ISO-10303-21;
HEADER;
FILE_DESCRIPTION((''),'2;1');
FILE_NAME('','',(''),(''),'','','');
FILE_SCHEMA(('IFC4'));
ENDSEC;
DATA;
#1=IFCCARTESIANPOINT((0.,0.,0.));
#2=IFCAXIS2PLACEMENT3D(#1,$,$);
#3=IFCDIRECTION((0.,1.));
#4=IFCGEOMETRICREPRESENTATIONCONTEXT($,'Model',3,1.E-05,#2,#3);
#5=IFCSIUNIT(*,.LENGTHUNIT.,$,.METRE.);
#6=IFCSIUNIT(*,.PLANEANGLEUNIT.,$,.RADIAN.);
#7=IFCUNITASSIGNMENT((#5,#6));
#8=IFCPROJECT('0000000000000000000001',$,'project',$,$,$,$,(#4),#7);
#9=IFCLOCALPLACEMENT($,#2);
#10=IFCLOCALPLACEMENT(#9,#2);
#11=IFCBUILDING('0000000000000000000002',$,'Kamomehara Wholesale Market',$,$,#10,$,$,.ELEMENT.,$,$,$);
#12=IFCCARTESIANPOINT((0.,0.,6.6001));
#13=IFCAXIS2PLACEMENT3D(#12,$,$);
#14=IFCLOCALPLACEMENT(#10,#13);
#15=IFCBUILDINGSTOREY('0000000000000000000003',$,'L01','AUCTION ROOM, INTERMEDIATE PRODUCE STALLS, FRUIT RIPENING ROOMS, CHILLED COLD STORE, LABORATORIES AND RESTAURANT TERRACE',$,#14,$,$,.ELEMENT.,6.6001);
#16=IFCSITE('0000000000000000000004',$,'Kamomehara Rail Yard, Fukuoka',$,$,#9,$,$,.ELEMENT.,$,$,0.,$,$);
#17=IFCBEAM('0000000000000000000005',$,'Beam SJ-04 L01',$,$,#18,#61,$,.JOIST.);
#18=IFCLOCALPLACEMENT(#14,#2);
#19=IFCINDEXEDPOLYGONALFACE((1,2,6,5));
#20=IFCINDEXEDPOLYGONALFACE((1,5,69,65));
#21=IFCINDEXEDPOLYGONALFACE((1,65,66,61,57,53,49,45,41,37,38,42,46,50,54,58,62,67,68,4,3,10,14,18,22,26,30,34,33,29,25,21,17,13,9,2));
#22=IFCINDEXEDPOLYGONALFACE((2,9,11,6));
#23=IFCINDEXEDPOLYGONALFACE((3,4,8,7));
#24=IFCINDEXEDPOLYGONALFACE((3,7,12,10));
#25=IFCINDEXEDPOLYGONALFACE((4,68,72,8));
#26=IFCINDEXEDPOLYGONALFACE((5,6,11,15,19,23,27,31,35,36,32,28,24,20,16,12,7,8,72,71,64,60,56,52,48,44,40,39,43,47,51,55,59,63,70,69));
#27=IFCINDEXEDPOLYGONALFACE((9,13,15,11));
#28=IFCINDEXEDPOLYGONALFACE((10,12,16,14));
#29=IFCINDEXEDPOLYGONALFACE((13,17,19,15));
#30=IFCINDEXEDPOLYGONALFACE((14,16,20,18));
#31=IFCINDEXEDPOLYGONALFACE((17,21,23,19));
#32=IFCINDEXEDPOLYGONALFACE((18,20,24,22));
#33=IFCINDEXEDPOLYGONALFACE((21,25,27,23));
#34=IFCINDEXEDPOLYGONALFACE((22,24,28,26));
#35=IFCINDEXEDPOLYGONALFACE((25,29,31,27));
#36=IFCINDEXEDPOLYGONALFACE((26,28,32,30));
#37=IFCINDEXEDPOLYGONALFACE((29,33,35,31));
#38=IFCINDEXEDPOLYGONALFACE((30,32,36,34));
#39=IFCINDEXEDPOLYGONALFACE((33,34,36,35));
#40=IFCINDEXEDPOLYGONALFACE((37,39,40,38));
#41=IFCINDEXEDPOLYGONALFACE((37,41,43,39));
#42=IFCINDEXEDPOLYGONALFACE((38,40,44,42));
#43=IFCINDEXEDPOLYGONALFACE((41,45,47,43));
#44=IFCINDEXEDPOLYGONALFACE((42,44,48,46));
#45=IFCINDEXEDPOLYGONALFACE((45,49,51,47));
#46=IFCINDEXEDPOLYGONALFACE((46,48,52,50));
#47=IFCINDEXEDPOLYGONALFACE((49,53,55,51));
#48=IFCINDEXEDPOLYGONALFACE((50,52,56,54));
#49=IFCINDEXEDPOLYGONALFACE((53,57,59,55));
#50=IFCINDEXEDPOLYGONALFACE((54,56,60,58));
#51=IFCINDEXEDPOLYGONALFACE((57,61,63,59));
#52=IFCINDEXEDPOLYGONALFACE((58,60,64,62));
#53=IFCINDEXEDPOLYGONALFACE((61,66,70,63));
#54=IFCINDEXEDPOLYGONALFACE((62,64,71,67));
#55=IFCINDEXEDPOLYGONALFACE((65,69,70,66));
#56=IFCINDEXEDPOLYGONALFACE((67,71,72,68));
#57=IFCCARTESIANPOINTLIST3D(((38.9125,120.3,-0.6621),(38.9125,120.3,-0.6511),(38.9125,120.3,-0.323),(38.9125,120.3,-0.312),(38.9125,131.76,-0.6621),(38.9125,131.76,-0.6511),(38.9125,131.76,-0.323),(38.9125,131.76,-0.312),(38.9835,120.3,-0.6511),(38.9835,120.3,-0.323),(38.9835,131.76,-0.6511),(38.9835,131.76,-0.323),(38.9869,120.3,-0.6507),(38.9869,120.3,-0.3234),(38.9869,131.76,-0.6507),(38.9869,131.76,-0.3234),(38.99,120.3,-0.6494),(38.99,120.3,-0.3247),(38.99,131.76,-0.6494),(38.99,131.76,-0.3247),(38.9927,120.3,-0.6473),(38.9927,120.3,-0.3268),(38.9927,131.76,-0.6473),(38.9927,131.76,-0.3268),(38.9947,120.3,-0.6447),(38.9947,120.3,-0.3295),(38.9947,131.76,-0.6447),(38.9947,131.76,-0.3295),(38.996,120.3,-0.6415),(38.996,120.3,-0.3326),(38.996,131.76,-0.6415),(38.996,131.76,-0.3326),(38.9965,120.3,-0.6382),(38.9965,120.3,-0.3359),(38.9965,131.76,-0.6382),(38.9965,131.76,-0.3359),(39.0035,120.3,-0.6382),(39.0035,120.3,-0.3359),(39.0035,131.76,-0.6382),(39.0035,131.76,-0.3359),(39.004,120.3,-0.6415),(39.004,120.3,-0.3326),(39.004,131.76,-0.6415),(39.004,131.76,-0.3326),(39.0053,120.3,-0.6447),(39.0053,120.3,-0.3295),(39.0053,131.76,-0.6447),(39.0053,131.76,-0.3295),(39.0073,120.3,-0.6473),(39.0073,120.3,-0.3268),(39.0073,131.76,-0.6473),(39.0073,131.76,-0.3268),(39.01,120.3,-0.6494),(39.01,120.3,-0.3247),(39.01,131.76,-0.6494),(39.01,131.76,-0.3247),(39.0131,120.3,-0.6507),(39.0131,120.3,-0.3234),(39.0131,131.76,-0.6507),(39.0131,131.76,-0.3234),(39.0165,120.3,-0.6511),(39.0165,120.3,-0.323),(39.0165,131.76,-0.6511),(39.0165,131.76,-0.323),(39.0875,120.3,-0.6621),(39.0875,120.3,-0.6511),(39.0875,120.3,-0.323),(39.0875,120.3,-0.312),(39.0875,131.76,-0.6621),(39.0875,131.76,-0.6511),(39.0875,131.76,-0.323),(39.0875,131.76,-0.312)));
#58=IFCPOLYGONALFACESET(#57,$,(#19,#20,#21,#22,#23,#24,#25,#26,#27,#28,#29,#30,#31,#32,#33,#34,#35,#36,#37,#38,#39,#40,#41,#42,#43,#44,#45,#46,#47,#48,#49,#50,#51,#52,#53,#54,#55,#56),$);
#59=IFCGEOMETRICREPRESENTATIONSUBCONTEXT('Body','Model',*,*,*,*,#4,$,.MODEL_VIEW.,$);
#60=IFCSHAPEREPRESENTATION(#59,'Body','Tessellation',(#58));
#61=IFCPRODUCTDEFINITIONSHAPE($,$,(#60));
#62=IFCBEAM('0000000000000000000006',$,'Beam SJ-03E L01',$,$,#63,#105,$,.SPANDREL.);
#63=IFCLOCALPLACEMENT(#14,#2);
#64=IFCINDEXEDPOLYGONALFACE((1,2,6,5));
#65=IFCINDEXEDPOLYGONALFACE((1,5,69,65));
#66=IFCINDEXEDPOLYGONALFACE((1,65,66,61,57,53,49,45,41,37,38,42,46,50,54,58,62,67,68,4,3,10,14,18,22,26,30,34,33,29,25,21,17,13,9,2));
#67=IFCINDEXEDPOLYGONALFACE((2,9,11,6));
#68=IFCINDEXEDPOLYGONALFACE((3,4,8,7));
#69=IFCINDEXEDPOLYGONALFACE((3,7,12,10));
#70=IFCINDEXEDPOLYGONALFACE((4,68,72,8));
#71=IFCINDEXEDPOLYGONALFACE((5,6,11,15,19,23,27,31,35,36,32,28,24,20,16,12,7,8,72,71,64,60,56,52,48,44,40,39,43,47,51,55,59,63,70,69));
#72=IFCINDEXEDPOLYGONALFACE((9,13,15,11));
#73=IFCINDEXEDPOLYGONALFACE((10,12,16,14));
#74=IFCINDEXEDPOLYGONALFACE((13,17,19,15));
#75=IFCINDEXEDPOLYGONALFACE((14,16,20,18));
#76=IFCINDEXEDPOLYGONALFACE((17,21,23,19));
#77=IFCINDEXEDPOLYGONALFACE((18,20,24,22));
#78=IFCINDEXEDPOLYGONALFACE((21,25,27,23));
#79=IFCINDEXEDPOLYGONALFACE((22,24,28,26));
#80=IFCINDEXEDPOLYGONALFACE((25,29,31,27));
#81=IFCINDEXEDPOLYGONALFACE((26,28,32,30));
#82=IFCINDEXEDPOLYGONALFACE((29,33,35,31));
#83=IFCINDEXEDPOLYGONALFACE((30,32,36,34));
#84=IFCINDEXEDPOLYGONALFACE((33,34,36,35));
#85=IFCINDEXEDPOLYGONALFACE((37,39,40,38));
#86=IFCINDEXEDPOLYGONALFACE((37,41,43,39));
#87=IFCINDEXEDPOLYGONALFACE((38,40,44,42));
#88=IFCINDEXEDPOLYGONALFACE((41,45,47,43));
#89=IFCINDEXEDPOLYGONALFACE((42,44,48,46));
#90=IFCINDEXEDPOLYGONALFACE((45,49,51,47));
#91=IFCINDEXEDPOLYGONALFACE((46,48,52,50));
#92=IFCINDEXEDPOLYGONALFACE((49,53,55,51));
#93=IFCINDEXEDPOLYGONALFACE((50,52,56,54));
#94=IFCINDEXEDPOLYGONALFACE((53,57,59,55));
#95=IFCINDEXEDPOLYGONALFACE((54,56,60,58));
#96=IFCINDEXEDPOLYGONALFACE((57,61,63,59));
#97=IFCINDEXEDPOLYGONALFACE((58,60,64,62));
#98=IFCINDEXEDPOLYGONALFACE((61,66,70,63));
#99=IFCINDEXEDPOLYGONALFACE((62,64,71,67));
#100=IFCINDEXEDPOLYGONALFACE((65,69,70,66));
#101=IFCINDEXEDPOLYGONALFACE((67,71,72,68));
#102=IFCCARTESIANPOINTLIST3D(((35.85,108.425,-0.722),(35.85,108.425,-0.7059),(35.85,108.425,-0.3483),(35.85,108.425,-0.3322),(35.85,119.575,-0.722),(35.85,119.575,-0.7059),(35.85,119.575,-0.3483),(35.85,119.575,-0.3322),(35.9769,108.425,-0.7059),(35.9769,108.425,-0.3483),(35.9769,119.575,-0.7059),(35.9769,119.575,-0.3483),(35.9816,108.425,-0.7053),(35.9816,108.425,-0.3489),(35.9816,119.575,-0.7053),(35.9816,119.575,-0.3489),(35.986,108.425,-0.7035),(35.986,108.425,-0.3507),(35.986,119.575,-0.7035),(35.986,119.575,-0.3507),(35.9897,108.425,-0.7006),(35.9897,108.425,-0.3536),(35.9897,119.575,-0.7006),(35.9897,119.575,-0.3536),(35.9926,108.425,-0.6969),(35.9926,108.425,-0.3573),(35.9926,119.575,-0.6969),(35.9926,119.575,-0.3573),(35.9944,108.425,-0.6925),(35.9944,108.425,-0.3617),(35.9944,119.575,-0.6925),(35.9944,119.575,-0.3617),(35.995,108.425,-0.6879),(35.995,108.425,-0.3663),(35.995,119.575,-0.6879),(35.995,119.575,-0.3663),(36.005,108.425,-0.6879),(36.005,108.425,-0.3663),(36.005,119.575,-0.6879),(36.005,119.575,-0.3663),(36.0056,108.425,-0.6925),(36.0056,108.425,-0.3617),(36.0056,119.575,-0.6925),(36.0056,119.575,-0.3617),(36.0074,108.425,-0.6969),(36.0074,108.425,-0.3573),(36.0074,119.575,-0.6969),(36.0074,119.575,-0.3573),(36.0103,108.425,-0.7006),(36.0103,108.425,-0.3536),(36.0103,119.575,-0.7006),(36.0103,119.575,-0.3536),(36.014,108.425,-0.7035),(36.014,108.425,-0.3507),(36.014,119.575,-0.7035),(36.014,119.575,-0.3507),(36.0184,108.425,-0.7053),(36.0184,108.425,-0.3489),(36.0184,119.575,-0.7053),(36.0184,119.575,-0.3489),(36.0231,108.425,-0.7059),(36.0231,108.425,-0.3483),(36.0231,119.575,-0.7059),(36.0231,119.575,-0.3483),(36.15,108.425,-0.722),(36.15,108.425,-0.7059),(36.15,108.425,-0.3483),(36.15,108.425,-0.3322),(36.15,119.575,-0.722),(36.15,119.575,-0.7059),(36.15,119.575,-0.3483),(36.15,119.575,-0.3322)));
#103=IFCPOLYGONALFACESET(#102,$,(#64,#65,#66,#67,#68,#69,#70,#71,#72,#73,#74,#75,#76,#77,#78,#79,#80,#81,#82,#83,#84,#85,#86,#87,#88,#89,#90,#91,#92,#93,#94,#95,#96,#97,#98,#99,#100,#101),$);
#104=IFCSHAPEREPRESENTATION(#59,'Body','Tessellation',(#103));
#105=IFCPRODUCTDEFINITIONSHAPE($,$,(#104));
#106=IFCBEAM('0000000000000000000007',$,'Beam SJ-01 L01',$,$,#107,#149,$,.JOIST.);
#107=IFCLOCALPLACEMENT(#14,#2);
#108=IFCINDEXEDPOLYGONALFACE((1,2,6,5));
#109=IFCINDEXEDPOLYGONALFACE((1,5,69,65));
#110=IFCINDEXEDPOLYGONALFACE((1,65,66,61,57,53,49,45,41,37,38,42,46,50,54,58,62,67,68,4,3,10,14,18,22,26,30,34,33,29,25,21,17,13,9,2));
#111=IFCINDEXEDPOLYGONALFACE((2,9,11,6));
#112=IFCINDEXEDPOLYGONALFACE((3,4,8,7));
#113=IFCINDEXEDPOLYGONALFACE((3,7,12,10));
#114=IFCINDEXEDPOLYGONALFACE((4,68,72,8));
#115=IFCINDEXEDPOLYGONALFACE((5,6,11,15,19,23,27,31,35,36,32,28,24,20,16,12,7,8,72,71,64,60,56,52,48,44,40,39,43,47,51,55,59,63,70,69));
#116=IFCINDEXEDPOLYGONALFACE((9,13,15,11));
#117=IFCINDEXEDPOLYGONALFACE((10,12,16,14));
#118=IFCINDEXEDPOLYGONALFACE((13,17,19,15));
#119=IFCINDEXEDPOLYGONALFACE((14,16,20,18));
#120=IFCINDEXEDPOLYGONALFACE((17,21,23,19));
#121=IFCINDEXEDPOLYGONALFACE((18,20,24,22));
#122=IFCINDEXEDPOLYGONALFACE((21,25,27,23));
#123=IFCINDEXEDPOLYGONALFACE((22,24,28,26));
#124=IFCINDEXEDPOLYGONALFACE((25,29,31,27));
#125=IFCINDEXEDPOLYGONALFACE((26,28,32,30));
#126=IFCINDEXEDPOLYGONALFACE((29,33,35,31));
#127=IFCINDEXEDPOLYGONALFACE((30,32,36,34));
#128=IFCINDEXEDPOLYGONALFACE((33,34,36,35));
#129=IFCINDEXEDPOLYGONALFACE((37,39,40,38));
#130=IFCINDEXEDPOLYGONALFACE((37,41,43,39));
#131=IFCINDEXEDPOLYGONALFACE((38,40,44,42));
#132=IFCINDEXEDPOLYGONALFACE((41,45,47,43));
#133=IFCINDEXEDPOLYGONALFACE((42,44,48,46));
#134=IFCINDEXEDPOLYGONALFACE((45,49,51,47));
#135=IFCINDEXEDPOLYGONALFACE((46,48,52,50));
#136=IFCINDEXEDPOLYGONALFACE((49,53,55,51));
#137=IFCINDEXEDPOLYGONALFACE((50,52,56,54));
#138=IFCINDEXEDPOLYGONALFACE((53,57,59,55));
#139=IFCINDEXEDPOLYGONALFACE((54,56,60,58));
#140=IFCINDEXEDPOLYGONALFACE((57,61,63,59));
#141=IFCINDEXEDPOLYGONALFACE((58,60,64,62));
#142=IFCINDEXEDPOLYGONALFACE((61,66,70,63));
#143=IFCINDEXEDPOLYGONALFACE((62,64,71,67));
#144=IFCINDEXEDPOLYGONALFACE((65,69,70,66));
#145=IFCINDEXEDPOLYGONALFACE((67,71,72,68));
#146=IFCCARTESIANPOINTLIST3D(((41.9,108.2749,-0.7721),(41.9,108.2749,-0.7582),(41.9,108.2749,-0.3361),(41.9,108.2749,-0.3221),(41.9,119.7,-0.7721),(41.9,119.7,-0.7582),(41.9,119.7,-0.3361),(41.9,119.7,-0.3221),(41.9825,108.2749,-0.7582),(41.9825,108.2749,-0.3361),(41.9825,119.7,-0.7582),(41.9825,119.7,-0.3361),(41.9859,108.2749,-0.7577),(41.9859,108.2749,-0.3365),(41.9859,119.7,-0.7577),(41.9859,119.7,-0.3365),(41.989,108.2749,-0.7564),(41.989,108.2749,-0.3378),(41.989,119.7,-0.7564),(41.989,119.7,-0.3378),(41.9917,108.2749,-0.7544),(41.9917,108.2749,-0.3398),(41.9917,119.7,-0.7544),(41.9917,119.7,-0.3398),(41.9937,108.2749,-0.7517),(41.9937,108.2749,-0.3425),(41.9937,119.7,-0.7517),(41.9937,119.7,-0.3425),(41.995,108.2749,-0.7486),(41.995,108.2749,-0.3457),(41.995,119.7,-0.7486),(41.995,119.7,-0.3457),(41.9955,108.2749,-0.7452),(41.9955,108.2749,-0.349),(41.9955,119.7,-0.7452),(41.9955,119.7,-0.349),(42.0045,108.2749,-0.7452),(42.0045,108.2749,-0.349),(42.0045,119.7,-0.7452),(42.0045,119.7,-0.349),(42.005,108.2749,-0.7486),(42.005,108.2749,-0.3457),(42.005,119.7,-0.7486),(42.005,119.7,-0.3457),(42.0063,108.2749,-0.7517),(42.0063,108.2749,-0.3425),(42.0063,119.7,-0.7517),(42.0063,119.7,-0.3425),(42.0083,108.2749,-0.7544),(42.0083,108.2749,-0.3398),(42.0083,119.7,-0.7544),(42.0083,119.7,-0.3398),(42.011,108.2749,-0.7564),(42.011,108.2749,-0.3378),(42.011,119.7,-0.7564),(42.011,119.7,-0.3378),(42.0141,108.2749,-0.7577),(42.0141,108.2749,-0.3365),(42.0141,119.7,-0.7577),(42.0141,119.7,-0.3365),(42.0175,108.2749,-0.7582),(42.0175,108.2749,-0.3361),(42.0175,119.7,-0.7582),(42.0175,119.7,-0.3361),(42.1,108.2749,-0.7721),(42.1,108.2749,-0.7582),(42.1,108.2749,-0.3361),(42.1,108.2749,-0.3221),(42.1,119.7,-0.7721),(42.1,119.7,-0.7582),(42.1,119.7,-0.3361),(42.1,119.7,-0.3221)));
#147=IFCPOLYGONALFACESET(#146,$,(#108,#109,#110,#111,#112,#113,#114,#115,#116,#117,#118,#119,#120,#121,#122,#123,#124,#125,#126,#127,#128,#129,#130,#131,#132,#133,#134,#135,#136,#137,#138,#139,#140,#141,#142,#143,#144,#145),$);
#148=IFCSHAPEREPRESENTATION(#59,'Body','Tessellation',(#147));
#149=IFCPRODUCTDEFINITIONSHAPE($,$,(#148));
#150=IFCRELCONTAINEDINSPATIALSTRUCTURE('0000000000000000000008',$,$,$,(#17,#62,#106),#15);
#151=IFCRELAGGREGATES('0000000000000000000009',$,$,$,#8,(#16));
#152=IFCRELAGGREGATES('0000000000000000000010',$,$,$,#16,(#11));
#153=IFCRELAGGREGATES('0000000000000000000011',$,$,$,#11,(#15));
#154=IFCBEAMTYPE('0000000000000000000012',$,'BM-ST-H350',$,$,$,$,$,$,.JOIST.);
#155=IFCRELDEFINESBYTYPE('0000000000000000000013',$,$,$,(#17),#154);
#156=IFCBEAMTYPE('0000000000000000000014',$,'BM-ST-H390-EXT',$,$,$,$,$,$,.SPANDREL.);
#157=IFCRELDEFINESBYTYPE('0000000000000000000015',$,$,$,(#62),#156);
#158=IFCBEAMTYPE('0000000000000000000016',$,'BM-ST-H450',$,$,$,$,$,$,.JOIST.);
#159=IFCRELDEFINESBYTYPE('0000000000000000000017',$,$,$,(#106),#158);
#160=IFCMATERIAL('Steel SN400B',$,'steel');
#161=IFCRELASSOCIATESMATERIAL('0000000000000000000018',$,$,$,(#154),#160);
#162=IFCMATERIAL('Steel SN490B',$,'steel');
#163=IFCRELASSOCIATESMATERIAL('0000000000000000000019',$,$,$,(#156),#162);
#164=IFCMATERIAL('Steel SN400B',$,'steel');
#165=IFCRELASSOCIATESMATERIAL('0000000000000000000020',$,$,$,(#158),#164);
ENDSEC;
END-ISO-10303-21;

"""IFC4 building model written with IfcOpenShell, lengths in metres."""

from ifc_helpers import new_model, si_unit, direction, frame, origin, origin_2d, place, context, subcontext, project, spatial, i_section, extrude, material, material_profile, profile_set, type_object, element, save


model = new_model("IFC4")

# Units and contexts
model_context = context("Model", 3, precision=1e-05, world=origin(), true_north=direction((0.0, 1.0)))
body_context = subcontext(model_context, "Body", "Model", "MODEL_VIEW")
ifc_project = project(units=[si_unit("LENGTHUNIT", "METRE"), si_unit("PLANEANGLEUNIT", "RADIAN")], contexts=[model_context])

# Site, building, storey
site_placement = place(None, origin())
site = spatial("IfcSite", under=ifc_project, at=site_placement, Name="Kamomehara Rail Yard, Fukuoka", CompositionType="ELEMENT", RefElevation=0.0)
building_placement = place(site_placement, origin())
building = spatial("IfcBuilding", under=site, at=building_placement, Name="Kamomehara Wholesale Market", CompositionType="ELEMENT")
storey_placement = place(building_placement, frame((0.0, 0.0, 6.6001)))
storey = spatial("IfcBuildingStorey", under=building, at=storey_placement, Name="L01", Description="AUCTION ROOM, INTERMEDIATE PRODUCE STALLS, FRUIT RIPENING ROOMS, CHILLED COLD STORE, LABORATORIES AND RESTAURANT TERRACE", CompositionType="ELEMENT", Elevation=6.6001)

# Beams
ifc_material_1 = material(Name="Steel SN400B", Category="steel")
ifc_material_profile_1 = material_profile(ifc_material_1, i_section(OverallWidth=0.175, OverallDepth=0.3501, WebThickness=0.0071, FlangeThickness=0.011, FilletRadius=0.0129, at=origin_2d()), Name="H-350x175x7x11")
ifc_profile_set_1 = profile_set([ifc_material_profile_1], Name="Steel SN400B")
beam_type_1 = type_object("IfcBeamType", Name="BM-ST-H350", PredefinedType="JOIST", material=ifc_profile_set_1)
beam_1_placement = place(storey_placement, frame((39.0, 120.3, -0.4871), z_axis=(0.0, 1.0, 0.0), x_axis=(-1.0, 0.0, 0.0)))
element("IfcBeam", 1, at=beam_1_placement, inside=storey, type_object=beam_type_1, Name="Beam SJ-04 L01", PredefinedType="JOIST", context=body_context, shape_type="SweptSolid", body=[
    extrude(i_section(OverallWidth=0.175, OverallDepth=0.3501, WebThickness=0.0071, FlangeThickness=0.011, FilletRadius=0.0129, at=origin_2d()), origin(), (0.0, 0.0, 1.0), 11.46),
])
ifc_material_2 = material(Name="Steel SN490B", Category="steel")
ifc_material_profile_2 = material_profile(ifc_material_2, i_section(OverallWidth=0.3, OverallDepth=0.3899, WebThickness=0.01, FlangeThickness=0.0161, FilletRadius=0.0181, at=origin_2d()), Name="H-390x300x10x16")
ifc_profile_set_2 = profile_set([ifc_material_profile_2], Name="Steel SN490B")
beam_type_2 = type_object("IfcBeamType", Name="BM-ST-H390-EXT", PredefinedType="SPANDREL", material=ifc_profile_set_2)
beam_2_placement = place(storey_placement, frame((36.0, 108.425, -0.5271), z_axis=(0.0, 1.0, 0.0), x_axis=(-1.0, 0.0, 0.0)))
element("IfcBeam", 2, at=beam_2_placement, inside=storey, type_object=beam_type_2, Name="Beam SJ-03E L01", PredefinedType="SPANDREL", context=body_context, shape_type="SweptSolid", body=[
    extrude(i_section(OverallWidth=0.3, OverallDepth=0.3899, WebThickness=0.01, FlangeThickness=0.0161, FilletRadius=0.0181, at=origin_2d()), origin(), (0.0, 0.0, 1.0), 11.1499),
])
ifc_material_3 = material(Name="Steel SN400B", Category="steel")
ifc_material_profile_3 = material_profile(ifc_material_3, i_section(OverallWidth=0.2, OverallDepth=0.45, WebThickness=0.009, FlangeThickness=0.0139, FilletRadius=0.0129, at=origin_2d()), Name="H-450x200x9x14")
ifc_profile_set_3 = profile_set([ifc_material_profile_3], Name="Steel SN400B")
beam_type_3 = type_object("IfcBeamType", Name="BM-ST-H450", PredefinedType="JOIST", material=ifc_profile_set_3)
beam_3_placement = place(storey_placement, frame((42.0, 108.2749, -0.5471), z_axis=(0.0, 1.0, 0.0), x_axis=(-1.0, 0.0, 0.0)))
element("IfcBeam", 3, at=beam_3_placement, inside=storey, type_object=beam_type_3, Name="Beam SJ-01 L01", PredefinedType="JOIST", context=body_context, shape_type="SweptSolid", body=[
    extrude(i_section(OverallWidth=0.2, OverallDepth=0.45, WebThickness=0.009, FlangeThickness=0.0139, FilletRadius=0.0129, at=origin_2d()), origin(), (0.0, 0.0, 1.0), 11.425),
])

save(model, "model.ifc")
